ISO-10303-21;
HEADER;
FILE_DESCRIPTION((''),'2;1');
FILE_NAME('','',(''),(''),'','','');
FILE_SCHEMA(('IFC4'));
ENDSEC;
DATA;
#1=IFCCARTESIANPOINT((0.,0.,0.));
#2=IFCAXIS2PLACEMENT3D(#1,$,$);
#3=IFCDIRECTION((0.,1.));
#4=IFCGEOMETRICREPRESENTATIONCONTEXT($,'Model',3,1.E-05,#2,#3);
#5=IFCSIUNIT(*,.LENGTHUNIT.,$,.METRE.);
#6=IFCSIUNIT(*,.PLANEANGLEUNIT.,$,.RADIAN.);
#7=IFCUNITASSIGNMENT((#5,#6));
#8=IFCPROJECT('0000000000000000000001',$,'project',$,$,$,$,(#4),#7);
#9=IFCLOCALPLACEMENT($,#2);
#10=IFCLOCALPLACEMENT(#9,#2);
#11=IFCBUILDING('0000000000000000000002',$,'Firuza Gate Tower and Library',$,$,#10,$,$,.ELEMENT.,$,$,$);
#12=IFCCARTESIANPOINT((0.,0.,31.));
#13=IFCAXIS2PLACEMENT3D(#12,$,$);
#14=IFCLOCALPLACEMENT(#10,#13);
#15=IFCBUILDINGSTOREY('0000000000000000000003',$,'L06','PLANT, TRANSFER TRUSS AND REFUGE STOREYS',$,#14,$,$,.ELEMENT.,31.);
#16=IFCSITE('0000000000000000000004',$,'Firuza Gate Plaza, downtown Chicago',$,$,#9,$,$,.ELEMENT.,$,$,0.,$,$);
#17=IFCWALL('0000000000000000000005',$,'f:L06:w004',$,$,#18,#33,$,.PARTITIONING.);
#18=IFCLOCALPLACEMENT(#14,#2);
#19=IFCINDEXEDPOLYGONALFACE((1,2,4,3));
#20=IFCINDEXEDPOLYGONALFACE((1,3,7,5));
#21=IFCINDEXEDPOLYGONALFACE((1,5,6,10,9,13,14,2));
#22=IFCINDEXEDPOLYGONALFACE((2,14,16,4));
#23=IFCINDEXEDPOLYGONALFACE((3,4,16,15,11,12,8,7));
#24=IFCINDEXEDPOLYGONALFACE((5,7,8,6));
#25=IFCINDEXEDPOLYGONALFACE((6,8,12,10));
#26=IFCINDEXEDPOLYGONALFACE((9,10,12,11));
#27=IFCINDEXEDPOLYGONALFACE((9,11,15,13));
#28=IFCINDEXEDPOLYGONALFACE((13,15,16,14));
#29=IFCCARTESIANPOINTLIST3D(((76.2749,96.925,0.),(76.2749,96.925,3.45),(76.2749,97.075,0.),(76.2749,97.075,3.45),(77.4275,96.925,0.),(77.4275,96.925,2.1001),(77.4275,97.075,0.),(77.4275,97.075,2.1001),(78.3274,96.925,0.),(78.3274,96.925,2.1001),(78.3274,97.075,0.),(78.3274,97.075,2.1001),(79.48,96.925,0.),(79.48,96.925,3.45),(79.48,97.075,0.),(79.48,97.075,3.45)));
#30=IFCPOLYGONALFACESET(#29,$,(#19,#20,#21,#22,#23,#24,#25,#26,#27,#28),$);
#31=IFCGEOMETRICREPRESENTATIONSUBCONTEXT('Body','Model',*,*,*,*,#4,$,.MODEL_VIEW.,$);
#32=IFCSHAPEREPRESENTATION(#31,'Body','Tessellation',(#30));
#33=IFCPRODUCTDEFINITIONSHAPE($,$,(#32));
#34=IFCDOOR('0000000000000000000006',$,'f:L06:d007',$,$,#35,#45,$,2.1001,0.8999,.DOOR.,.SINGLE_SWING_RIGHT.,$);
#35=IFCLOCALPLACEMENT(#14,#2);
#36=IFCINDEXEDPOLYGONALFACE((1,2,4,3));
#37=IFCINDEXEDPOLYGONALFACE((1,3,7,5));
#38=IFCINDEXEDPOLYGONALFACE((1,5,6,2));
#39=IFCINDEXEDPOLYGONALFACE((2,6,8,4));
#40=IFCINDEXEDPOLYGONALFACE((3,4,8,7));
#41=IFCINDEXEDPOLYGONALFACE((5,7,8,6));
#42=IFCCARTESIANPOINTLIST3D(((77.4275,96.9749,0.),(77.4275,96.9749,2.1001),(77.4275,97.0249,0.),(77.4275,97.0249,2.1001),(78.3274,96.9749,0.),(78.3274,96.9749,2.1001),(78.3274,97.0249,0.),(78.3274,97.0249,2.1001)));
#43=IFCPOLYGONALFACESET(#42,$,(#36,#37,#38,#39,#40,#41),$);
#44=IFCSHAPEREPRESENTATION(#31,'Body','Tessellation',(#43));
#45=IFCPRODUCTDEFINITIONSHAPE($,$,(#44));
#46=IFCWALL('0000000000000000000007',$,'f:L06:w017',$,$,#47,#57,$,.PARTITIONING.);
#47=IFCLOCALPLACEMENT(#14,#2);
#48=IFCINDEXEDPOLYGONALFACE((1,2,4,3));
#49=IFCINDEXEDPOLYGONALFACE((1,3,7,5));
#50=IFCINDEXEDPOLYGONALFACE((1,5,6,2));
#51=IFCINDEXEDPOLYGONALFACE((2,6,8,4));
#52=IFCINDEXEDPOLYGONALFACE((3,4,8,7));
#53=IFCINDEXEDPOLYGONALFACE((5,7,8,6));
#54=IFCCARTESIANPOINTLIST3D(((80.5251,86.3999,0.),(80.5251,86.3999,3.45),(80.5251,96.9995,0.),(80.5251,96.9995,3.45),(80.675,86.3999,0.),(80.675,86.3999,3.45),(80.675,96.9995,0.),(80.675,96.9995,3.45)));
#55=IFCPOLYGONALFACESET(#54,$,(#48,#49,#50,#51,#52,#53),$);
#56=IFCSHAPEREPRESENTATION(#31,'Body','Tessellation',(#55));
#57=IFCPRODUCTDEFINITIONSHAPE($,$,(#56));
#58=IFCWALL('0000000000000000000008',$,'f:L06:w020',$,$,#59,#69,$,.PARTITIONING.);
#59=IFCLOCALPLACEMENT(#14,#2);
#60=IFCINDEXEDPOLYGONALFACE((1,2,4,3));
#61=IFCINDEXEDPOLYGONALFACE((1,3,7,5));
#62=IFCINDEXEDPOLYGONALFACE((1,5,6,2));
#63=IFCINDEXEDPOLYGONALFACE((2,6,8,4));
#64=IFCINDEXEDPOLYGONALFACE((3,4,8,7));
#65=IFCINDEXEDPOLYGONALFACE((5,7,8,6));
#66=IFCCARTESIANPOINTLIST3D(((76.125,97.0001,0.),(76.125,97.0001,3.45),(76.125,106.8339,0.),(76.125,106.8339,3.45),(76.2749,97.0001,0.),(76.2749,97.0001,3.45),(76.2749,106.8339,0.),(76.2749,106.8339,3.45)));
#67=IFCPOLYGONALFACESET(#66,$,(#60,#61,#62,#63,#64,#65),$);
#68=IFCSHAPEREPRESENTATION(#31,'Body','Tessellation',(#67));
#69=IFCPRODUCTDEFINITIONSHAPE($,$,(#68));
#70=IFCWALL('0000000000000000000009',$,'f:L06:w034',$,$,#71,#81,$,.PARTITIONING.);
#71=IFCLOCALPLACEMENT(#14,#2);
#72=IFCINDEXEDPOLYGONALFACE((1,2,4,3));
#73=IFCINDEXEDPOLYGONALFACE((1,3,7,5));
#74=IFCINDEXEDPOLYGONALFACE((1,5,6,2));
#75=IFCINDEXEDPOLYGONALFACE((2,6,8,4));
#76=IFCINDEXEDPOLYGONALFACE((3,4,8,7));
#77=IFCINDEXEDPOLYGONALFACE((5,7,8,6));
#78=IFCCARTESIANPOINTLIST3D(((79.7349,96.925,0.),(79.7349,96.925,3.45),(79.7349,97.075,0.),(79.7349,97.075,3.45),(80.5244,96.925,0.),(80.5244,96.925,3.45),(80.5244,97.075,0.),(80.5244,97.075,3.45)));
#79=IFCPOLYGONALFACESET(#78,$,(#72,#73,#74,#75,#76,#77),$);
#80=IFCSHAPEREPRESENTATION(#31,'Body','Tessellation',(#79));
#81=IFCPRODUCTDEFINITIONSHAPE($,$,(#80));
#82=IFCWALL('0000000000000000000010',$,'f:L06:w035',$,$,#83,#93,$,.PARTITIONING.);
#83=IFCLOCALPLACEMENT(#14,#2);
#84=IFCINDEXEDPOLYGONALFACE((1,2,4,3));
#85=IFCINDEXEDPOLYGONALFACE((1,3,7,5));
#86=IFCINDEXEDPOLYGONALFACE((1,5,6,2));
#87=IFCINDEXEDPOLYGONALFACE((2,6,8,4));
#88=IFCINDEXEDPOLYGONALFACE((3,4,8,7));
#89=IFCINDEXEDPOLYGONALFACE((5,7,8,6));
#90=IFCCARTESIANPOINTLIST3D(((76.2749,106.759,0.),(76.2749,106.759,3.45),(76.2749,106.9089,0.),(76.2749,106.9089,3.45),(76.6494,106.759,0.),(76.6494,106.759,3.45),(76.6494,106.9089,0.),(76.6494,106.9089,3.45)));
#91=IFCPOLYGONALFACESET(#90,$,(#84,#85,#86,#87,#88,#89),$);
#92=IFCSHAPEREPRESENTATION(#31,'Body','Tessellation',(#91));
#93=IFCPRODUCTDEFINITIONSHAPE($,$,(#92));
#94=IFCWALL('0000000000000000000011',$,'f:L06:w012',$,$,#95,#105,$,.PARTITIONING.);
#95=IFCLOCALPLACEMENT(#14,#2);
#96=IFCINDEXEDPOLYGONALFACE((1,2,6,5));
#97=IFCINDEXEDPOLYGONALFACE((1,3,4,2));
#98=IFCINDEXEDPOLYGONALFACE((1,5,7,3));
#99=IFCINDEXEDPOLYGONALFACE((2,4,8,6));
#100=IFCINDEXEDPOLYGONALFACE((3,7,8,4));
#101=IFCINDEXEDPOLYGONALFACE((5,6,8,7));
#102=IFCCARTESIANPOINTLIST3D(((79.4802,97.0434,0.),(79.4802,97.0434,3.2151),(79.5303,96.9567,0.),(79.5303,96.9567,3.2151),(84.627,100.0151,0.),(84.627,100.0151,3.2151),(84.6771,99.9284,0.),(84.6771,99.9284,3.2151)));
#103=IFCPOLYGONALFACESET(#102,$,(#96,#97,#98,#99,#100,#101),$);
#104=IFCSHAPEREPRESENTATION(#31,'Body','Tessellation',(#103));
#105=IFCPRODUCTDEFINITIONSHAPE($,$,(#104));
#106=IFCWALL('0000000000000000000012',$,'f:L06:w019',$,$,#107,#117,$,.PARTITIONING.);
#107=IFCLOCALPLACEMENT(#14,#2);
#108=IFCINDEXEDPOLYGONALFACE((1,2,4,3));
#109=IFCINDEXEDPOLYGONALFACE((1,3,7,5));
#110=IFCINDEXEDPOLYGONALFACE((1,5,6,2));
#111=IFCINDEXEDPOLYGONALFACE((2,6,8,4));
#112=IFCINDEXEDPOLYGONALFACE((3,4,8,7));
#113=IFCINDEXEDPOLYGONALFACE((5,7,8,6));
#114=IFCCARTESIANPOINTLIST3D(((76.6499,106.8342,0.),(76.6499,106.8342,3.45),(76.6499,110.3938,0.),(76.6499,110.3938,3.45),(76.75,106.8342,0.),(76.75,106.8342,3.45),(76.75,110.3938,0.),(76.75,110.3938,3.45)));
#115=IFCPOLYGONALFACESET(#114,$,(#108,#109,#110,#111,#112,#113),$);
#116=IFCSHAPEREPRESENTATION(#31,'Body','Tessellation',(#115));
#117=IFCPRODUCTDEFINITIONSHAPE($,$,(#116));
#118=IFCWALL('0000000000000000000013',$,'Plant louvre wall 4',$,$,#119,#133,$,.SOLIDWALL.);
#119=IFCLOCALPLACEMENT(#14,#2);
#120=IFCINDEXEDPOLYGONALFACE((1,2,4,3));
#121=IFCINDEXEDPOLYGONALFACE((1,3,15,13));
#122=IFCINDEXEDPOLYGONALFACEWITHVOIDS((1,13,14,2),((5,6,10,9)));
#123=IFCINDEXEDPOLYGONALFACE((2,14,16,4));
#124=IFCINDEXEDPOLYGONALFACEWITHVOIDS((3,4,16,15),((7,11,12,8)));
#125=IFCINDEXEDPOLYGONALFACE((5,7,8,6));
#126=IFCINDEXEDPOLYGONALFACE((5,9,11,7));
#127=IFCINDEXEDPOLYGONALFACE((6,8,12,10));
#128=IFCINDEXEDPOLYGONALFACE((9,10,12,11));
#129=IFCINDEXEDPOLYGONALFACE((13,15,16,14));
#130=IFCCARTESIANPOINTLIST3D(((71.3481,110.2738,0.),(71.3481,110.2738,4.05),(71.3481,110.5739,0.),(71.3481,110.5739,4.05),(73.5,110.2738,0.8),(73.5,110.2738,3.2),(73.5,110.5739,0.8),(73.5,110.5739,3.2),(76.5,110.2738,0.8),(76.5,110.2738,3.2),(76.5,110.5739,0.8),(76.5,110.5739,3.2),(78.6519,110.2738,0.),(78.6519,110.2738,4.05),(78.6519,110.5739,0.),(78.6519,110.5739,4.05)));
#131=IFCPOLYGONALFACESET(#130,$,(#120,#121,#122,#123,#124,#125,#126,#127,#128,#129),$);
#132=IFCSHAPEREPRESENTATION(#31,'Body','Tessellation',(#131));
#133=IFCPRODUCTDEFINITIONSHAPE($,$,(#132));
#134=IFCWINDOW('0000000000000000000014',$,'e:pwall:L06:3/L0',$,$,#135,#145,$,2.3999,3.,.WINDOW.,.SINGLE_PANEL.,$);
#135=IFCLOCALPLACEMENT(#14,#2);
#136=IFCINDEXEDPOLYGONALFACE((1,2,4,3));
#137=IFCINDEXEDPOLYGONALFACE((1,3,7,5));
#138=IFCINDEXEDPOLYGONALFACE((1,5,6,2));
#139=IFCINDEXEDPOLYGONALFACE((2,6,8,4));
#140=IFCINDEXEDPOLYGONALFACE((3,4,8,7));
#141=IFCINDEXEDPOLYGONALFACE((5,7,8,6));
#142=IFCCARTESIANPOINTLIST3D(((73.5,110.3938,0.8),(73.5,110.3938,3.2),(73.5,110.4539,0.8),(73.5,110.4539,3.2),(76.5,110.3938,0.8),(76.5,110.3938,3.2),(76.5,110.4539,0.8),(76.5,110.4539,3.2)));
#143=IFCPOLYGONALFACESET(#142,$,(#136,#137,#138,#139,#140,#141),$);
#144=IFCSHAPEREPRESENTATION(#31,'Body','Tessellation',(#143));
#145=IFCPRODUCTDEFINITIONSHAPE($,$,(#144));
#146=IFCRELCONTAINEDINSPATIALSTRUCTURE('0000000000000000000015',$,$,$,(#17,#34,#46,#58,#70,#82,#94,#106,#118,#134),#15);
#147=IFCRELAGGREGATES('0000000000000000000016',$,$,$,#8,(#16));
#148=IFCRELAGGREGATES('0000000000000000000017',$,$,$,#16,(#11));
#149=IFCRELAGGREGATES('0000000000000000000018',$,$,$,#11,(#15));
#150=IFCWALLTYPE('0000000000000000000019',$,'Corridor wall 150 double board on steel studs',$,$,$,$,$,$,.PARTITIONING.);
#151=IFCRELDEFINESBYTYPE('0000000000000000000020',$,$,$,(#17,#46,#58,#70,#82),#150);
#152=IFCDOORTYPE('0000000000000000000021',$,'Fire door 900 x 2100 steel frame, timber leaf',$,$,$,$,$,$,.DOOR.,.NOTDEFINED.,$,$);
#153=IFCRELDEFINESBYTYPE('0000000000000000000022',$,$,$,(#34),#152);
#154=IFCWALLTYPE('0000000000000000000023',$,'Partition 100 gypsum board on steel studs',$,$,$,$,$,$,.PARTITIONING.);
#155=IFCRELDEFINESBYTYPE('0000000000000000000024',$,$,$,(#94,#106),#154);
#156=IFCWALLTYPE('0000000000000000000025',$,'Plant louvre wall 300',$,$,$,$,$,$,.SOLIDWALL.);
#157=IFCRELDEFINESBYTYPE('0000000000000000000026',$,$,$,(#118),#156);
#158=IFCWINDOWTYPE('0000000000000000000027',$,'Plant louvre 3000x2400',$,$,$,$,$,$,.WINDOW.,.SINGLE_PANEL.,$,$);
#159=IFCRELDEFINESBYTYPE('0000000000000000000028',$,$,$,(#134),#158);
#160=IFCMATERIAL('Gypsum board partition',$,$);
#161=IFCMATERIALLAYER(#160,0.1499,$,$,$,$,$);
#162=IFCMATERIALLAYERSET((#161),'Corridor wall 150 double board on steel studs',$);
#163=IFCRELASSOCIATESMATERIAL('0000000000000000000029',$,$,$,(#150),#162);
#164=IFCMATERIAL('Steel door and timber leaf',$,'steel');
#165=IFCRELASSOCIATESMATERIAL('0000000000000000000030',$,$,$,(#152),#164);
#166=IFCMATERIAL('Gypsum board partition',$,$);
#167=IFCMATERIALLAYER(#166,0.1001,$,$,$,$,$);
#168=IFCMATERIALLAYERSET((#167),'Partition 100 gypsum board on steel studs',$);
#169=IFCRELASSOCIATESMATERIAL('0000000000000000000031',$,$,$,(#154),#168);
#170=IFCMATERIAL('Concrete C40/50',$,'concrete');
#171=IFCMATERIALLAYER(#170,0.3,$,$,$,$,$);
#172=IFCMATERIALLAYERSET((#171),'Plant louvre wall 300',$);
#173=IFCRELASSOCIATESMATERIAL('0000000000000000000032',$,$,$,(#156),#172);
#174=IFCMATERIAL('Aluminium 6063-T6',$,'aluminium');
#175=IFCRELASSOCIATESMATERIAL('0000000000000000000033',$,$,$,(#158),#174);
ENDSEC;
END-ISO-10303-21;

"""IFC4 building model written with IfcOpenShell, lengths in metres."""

from ifc_helpers import new_model, si_unit, direction, frame, frame_2d, origin, place, context, subcontext, project, spatial, rectangle, extrude, material, layer, layer_set, type_object, element, fill, save


model = new_model("IFC4")

# Units and contexts
model_context = context("Model", 3, precision=1e-05, world=origin(), true_north=direction((0.0, 1.0)))
body_context = subcontext(model_context, "Body", "Model", "MODEL_VIEW")
ifc_project = project(units=[si_unit("LENGTHUNIT", "METRE"), si_unit("PLANEANGLEUNIT", "RADIAN")], contexts=[model_context])

# Site, building, storey
site_placement = place(None, origin())
site = spatial("IfcSite", under=ifc_project, at=site_placement, Name="Firuza Gate Plaza, downtown Chicago", CompositionType="ELEMENT", RefElevation=0.0)
building_placement = place(site_placement, origin())
building = spatial("IfcBuilding", under=site, at=building_placement, Name="Firuza Gate Tower and Library", CompositionType="ELEMENT")
storey_placement = place(building_placement, frame((0.0, 0.0, 31.0)))
storey = spatial("IfcBuildingStorey", under=building, at=storey_placement, Name="L06", Description="PLANT, TRANSFER TRUSS AND REFUGE STOREYS", CompositionType="ELEMENT", Elevation=31.0)

# Wall, opening, door
ifc_material_1 = material(Name="Gypsum board partition")
ifc_layer_1 = layer(ifc_material_1, 0.1499)
ifc_layer_set_1 = layer_set([ifc_layer_1], Name="Corridor wall 150 double board on steel studs")
wall_type_1 = type_object("IfcWallType", Name="Corridor wall 150 double board on steel studs", PredefinedType="PARTITIONING", material=ifc_layer_set_1)
ifc_material_2 = material(Name="Steel door and timber leaf", Category="steel")
door_type_1 = type_object("IfcDoorType", Name="Fire door 900 x 2100 steel frame, timber leaf", OperationType="NOTDEFINED", PredefinedType="DOOR", material=ifc_material_2)
wall_1_placement = place(storey_placement, frame((76.2749, 97.0, 0.0), z_axis=(0.0, 0.0, 1.0), x_axis=(1.0, 0.0, 0.0)))
wall_1 = element("IfcWall", 1, at=wall_1_placement, inside=storey, type_object=wall_type_1, Name="f:L06:w004", PredefinedType="PARTITIONING", context=body_context, shape_type="SweptSolid", body=[
    extrude(rectangle(XDim=3.2051, YDim=0.1499, at=frame_2d((1.6025, 0.0))), origin(), (0.0, 0.0, 1.0), 3.45),
])
opening_1_placement = place(wall_1_placement, frame((1.1526, 0.0, 0.0)))
opening_1 = element("IfcOpeningElement", 2, at=opening_1_placement, cuts=wall_1, PredefinedType="OPENING", context=body_context, shape_type="SweptSolid", body=[
    extrude(rectangle(XDim=0.8999, YDim=2.1001, at=frame_2d((0.45, 1.05))), frame((0.0, 0.085, 0.0), z_axis=(0.0, -1.0, 0.0), x_axis=(1.0, 0.0, 0.0)), (0.0, 0.0, 1.0), 0.1699),
])
door_1_placement = place(opening_1_placement, origin())
door_1 = element("IfcDoor", 3, at=door_1_placement, inside=storey, type_object=door_type_1, Name="f:L06:d007", OperationType="SINGLE_SWING_RIGHT", OverallHeight=2.1001, OverallWidth=0.8999, PredefinedType="DOOR", context=body_context, shape_type="SweptSolid", body=[
    extrude(rectangle(XDim=0.8999, YDim=2.1001, at=frame_2d((0.45, 1.05))), frame((0.0, 0.0249, 0.0), z_axis=(0.0, -1.0, 0.0), x_axis=(1.0, 0.0, 0.0)), (0.0, 0.0, 1.0), 0.05),
])
fill(opening_1, door_1)

# Walls
wall_2_placement = place(storey_placement, frame((80.6001, 86.3999, 0.0), z_axis=(0.0, 0.0, 1.0), x_axis=(0.0, 1.0, 0.0)))
element("IfcWall", 4, at=wall_2_placement, inside=storey, type_object=wall_type_1, Name="f:L06:w017", PredefinedType="PARTITIONING", context=body_context, shape_type="SweptSolid", body=[
    extrude(rectangle(XDim=10.5996, YDim=0.1499, at=frame_2d((5.2998, 0.0))), origin(), (0.0, 0.0, 1.0), 3.45),
])
wall_3_placement = place(storey_placement, frame((76.2, 97.0, 0.0), z_axis=(0.0, 0.0, 1.0), x_axis=(0.0, 1.0, 0.0)))
element("IfcWall", 5, at=wall_3_placement, inside=storey, type_object=wall_type_1, Name="f:L06:w020", PredefinedType="PARTITIONING", context=body_context, shape_type="SweptSolid", body=[
    extrude(rectangle(XDim=9.8337, YDim=0.1499, at=frame_2d((4.917, 0.0))), origin(), (0.0, 0.0, 1.0), 3.45),
])
wall_4_placement = place(storey_placement, frame((79.7349, 97.0, 0.0), z_axis=(0.0, 0.0, 1.0), x_axis=(1.0, 0.0, 0.0)))
element("IfcWall", 6, at=wall_4_placement, inside=storey, type_object=wall_type_1, Name="f:L06:w034", PredefinedType="PARTITIONING", context=body_context, shape_type="SweptSolid", body=[
    extrude(rectangle(XDim=0.7896, YDim=0.1499, at=frame_2d((0.3948, 0.0))), origin(), (0.0, 0.0, 1.0), 3.45),
])
wall_5_placement = place(storey_placement, frame((76.2749, 106.834, 0.0), z_axis=(0.0, 0.0, 1.0), x_axis=(1.0, 0.0, 0.0)))
element("IfcWall", 7, at=wall_5_placement, inside=storey, type_object=wall_type_1, Name="f:L06:w035", PredefinedType="PARTITIONING", context=body_context, shape_type="SweptSolid", body=[
    extrude(rectangle(XDim=0.3745, YDim=0.1499, at=frame_2d((0.1873, 0.0))), origin(), (0.0, 0.0, 1.0), 3.45),
])
ifc_material_3 = material(Name="Gypsum board partition")
ifc_layer_2 = layer(ifc_material_3, 0.1001)
ifc_layer_set_2 = layer_set([ifc_layer_2], Name="Partition 100 gypsum board on steel studs")
wall_type_2 = type_object("IfcWallType", Name="Partition 100 gypsum board on steel studs", PredefinedType="PARTITIONING", material=ifc_layer_set_2)
wall_6_placement = place(storey_placement, frame((79.5051, 97.0, 0.0), z_axis=(0.0, 0.0, 1.0), x_axis=(0.86601, 0.500027, 0.0)))
element("IfcWall", 8, at=wall_6_placement, inside=storey, type_object=wall_type_2, Name="f:L06:w012", PredefinedType="PARTITIONING", context=body_context, shape_type="SweptSolid", body=[
    extrude(rectangle(XDim=5.9431, YDim=0.1001, at=frame_2d((2.9717, 0.0))), origin(), (0.0, 0.0, 1.0), 3.2151),
])
wall_7_placement = place(storey_placement, frame((76.7, 106.8342, 0.0), z_axis=(0.0, 0.0, 1.0), x_axis=(0.0, 1.0, 0.0)))
element("IfcWall", 9, at=wall_7_placement, inside=storey, type_object=wall_type_2, Name="f:L06:w019", PredefinedType="PARTITIONING", context=body_context, shape_type="SweptSolid", body=[
    extrude(rectangle(XDim=3.5596, YDim=0.1001, at=frame_2d((1.7798, 0.0))), origin(), (0.0, 0.0, 1.0), 3.45),
])

# Wall, opening, window
ifc_material_4 = material(Name="Concrete C40/50", Category="concrete")
ifc_layer_3 = layer(ifc_material_4, 0.3)
ifc_layer_set_3 = layer_set([ifc_layer_3], Name="Plant louvre wall 300")
wall_type_3 = type_object("IfcWallType", Name="Plant louvre wall 300", PredefinedType="SOLIDWALL", material=ifc_layer_set_3)
wall_8_placement = place(storey_placement, frame((78.6519, 110.4238, 0.0), z_axis=(0.0, 0.0, 1.0), x_axis=(-1.0, 0.0, 0.0)))
wall_8 = element("IfcWall", 10, at=wall_8_placement, inside=storey, type_object=wall_type_3, Name="Plant louvre wall 4", PredefinedType="SOLIDWALL", context=body_context, shape_type="SweptSolid", body=[
    extrude(rectangle(XDim=7.3037, YDim=0.3, at=frame_2d((3.6519, 0.0))), origin(), (0.0, 0.0, 1.0), 4.05),
])
opening_2_placement = place(wall_8_placement, frame((2.1519, 0.0, 0.8)))
opening_2 = element("IfcOpeningElement", 11, at=opening_2_placement, cuts=wall_8, PredefinedType="OPENING", context=body_context, shape_type="SweptSolid", body=[
    extrude(rectangle(XDim=3.0, YDim=2.3999, at=frame_2d((1.5, 1.2))), frame((0.0, 0.1602, 0.0), z_axis=(0.0, -1.0, 0.0), x_axis=(1.0, 0.0, 0.0)), (0.0, 0.0, 1.0), 0.3201),
])
ifc_material_5 = material(Name="Aluminium 6063-T6", Category="aluminium")
window_type = type_object("IfcWindowType", Name="Plant louvre 3000x2400", PartitioningType="SINGLE_PANEL", PredefinedType="WINDOW", material=ifc_material_5)
window_placement = place(opening_2_placement, origin())
window = element("IfcWindow", 12, at=window_placement, inside=storey, type_object=window_type, Name="e:pwall:L06:3/L0", OverallHeight=2.3999, OverallWidth=3.0, PartitioningType="SINGLE_PANEL", PredefinedType="WINDOW", context=body_context, shape_type="SweptSolid", body=[
    extrude(rectangle(XDim=3.0, YDim=2.3999, at=frame_2d((1.5, 1.2))), frame((0.0, 0.03, 0.0), z_axis=(0.0, -1.0, 0.0), x_axis=(1.0, 0.0, 0.0)), (0.0, 0.0, 1.0), 0.0601),
])
fill(opening_2, window)

save(model, "model.ifc")
